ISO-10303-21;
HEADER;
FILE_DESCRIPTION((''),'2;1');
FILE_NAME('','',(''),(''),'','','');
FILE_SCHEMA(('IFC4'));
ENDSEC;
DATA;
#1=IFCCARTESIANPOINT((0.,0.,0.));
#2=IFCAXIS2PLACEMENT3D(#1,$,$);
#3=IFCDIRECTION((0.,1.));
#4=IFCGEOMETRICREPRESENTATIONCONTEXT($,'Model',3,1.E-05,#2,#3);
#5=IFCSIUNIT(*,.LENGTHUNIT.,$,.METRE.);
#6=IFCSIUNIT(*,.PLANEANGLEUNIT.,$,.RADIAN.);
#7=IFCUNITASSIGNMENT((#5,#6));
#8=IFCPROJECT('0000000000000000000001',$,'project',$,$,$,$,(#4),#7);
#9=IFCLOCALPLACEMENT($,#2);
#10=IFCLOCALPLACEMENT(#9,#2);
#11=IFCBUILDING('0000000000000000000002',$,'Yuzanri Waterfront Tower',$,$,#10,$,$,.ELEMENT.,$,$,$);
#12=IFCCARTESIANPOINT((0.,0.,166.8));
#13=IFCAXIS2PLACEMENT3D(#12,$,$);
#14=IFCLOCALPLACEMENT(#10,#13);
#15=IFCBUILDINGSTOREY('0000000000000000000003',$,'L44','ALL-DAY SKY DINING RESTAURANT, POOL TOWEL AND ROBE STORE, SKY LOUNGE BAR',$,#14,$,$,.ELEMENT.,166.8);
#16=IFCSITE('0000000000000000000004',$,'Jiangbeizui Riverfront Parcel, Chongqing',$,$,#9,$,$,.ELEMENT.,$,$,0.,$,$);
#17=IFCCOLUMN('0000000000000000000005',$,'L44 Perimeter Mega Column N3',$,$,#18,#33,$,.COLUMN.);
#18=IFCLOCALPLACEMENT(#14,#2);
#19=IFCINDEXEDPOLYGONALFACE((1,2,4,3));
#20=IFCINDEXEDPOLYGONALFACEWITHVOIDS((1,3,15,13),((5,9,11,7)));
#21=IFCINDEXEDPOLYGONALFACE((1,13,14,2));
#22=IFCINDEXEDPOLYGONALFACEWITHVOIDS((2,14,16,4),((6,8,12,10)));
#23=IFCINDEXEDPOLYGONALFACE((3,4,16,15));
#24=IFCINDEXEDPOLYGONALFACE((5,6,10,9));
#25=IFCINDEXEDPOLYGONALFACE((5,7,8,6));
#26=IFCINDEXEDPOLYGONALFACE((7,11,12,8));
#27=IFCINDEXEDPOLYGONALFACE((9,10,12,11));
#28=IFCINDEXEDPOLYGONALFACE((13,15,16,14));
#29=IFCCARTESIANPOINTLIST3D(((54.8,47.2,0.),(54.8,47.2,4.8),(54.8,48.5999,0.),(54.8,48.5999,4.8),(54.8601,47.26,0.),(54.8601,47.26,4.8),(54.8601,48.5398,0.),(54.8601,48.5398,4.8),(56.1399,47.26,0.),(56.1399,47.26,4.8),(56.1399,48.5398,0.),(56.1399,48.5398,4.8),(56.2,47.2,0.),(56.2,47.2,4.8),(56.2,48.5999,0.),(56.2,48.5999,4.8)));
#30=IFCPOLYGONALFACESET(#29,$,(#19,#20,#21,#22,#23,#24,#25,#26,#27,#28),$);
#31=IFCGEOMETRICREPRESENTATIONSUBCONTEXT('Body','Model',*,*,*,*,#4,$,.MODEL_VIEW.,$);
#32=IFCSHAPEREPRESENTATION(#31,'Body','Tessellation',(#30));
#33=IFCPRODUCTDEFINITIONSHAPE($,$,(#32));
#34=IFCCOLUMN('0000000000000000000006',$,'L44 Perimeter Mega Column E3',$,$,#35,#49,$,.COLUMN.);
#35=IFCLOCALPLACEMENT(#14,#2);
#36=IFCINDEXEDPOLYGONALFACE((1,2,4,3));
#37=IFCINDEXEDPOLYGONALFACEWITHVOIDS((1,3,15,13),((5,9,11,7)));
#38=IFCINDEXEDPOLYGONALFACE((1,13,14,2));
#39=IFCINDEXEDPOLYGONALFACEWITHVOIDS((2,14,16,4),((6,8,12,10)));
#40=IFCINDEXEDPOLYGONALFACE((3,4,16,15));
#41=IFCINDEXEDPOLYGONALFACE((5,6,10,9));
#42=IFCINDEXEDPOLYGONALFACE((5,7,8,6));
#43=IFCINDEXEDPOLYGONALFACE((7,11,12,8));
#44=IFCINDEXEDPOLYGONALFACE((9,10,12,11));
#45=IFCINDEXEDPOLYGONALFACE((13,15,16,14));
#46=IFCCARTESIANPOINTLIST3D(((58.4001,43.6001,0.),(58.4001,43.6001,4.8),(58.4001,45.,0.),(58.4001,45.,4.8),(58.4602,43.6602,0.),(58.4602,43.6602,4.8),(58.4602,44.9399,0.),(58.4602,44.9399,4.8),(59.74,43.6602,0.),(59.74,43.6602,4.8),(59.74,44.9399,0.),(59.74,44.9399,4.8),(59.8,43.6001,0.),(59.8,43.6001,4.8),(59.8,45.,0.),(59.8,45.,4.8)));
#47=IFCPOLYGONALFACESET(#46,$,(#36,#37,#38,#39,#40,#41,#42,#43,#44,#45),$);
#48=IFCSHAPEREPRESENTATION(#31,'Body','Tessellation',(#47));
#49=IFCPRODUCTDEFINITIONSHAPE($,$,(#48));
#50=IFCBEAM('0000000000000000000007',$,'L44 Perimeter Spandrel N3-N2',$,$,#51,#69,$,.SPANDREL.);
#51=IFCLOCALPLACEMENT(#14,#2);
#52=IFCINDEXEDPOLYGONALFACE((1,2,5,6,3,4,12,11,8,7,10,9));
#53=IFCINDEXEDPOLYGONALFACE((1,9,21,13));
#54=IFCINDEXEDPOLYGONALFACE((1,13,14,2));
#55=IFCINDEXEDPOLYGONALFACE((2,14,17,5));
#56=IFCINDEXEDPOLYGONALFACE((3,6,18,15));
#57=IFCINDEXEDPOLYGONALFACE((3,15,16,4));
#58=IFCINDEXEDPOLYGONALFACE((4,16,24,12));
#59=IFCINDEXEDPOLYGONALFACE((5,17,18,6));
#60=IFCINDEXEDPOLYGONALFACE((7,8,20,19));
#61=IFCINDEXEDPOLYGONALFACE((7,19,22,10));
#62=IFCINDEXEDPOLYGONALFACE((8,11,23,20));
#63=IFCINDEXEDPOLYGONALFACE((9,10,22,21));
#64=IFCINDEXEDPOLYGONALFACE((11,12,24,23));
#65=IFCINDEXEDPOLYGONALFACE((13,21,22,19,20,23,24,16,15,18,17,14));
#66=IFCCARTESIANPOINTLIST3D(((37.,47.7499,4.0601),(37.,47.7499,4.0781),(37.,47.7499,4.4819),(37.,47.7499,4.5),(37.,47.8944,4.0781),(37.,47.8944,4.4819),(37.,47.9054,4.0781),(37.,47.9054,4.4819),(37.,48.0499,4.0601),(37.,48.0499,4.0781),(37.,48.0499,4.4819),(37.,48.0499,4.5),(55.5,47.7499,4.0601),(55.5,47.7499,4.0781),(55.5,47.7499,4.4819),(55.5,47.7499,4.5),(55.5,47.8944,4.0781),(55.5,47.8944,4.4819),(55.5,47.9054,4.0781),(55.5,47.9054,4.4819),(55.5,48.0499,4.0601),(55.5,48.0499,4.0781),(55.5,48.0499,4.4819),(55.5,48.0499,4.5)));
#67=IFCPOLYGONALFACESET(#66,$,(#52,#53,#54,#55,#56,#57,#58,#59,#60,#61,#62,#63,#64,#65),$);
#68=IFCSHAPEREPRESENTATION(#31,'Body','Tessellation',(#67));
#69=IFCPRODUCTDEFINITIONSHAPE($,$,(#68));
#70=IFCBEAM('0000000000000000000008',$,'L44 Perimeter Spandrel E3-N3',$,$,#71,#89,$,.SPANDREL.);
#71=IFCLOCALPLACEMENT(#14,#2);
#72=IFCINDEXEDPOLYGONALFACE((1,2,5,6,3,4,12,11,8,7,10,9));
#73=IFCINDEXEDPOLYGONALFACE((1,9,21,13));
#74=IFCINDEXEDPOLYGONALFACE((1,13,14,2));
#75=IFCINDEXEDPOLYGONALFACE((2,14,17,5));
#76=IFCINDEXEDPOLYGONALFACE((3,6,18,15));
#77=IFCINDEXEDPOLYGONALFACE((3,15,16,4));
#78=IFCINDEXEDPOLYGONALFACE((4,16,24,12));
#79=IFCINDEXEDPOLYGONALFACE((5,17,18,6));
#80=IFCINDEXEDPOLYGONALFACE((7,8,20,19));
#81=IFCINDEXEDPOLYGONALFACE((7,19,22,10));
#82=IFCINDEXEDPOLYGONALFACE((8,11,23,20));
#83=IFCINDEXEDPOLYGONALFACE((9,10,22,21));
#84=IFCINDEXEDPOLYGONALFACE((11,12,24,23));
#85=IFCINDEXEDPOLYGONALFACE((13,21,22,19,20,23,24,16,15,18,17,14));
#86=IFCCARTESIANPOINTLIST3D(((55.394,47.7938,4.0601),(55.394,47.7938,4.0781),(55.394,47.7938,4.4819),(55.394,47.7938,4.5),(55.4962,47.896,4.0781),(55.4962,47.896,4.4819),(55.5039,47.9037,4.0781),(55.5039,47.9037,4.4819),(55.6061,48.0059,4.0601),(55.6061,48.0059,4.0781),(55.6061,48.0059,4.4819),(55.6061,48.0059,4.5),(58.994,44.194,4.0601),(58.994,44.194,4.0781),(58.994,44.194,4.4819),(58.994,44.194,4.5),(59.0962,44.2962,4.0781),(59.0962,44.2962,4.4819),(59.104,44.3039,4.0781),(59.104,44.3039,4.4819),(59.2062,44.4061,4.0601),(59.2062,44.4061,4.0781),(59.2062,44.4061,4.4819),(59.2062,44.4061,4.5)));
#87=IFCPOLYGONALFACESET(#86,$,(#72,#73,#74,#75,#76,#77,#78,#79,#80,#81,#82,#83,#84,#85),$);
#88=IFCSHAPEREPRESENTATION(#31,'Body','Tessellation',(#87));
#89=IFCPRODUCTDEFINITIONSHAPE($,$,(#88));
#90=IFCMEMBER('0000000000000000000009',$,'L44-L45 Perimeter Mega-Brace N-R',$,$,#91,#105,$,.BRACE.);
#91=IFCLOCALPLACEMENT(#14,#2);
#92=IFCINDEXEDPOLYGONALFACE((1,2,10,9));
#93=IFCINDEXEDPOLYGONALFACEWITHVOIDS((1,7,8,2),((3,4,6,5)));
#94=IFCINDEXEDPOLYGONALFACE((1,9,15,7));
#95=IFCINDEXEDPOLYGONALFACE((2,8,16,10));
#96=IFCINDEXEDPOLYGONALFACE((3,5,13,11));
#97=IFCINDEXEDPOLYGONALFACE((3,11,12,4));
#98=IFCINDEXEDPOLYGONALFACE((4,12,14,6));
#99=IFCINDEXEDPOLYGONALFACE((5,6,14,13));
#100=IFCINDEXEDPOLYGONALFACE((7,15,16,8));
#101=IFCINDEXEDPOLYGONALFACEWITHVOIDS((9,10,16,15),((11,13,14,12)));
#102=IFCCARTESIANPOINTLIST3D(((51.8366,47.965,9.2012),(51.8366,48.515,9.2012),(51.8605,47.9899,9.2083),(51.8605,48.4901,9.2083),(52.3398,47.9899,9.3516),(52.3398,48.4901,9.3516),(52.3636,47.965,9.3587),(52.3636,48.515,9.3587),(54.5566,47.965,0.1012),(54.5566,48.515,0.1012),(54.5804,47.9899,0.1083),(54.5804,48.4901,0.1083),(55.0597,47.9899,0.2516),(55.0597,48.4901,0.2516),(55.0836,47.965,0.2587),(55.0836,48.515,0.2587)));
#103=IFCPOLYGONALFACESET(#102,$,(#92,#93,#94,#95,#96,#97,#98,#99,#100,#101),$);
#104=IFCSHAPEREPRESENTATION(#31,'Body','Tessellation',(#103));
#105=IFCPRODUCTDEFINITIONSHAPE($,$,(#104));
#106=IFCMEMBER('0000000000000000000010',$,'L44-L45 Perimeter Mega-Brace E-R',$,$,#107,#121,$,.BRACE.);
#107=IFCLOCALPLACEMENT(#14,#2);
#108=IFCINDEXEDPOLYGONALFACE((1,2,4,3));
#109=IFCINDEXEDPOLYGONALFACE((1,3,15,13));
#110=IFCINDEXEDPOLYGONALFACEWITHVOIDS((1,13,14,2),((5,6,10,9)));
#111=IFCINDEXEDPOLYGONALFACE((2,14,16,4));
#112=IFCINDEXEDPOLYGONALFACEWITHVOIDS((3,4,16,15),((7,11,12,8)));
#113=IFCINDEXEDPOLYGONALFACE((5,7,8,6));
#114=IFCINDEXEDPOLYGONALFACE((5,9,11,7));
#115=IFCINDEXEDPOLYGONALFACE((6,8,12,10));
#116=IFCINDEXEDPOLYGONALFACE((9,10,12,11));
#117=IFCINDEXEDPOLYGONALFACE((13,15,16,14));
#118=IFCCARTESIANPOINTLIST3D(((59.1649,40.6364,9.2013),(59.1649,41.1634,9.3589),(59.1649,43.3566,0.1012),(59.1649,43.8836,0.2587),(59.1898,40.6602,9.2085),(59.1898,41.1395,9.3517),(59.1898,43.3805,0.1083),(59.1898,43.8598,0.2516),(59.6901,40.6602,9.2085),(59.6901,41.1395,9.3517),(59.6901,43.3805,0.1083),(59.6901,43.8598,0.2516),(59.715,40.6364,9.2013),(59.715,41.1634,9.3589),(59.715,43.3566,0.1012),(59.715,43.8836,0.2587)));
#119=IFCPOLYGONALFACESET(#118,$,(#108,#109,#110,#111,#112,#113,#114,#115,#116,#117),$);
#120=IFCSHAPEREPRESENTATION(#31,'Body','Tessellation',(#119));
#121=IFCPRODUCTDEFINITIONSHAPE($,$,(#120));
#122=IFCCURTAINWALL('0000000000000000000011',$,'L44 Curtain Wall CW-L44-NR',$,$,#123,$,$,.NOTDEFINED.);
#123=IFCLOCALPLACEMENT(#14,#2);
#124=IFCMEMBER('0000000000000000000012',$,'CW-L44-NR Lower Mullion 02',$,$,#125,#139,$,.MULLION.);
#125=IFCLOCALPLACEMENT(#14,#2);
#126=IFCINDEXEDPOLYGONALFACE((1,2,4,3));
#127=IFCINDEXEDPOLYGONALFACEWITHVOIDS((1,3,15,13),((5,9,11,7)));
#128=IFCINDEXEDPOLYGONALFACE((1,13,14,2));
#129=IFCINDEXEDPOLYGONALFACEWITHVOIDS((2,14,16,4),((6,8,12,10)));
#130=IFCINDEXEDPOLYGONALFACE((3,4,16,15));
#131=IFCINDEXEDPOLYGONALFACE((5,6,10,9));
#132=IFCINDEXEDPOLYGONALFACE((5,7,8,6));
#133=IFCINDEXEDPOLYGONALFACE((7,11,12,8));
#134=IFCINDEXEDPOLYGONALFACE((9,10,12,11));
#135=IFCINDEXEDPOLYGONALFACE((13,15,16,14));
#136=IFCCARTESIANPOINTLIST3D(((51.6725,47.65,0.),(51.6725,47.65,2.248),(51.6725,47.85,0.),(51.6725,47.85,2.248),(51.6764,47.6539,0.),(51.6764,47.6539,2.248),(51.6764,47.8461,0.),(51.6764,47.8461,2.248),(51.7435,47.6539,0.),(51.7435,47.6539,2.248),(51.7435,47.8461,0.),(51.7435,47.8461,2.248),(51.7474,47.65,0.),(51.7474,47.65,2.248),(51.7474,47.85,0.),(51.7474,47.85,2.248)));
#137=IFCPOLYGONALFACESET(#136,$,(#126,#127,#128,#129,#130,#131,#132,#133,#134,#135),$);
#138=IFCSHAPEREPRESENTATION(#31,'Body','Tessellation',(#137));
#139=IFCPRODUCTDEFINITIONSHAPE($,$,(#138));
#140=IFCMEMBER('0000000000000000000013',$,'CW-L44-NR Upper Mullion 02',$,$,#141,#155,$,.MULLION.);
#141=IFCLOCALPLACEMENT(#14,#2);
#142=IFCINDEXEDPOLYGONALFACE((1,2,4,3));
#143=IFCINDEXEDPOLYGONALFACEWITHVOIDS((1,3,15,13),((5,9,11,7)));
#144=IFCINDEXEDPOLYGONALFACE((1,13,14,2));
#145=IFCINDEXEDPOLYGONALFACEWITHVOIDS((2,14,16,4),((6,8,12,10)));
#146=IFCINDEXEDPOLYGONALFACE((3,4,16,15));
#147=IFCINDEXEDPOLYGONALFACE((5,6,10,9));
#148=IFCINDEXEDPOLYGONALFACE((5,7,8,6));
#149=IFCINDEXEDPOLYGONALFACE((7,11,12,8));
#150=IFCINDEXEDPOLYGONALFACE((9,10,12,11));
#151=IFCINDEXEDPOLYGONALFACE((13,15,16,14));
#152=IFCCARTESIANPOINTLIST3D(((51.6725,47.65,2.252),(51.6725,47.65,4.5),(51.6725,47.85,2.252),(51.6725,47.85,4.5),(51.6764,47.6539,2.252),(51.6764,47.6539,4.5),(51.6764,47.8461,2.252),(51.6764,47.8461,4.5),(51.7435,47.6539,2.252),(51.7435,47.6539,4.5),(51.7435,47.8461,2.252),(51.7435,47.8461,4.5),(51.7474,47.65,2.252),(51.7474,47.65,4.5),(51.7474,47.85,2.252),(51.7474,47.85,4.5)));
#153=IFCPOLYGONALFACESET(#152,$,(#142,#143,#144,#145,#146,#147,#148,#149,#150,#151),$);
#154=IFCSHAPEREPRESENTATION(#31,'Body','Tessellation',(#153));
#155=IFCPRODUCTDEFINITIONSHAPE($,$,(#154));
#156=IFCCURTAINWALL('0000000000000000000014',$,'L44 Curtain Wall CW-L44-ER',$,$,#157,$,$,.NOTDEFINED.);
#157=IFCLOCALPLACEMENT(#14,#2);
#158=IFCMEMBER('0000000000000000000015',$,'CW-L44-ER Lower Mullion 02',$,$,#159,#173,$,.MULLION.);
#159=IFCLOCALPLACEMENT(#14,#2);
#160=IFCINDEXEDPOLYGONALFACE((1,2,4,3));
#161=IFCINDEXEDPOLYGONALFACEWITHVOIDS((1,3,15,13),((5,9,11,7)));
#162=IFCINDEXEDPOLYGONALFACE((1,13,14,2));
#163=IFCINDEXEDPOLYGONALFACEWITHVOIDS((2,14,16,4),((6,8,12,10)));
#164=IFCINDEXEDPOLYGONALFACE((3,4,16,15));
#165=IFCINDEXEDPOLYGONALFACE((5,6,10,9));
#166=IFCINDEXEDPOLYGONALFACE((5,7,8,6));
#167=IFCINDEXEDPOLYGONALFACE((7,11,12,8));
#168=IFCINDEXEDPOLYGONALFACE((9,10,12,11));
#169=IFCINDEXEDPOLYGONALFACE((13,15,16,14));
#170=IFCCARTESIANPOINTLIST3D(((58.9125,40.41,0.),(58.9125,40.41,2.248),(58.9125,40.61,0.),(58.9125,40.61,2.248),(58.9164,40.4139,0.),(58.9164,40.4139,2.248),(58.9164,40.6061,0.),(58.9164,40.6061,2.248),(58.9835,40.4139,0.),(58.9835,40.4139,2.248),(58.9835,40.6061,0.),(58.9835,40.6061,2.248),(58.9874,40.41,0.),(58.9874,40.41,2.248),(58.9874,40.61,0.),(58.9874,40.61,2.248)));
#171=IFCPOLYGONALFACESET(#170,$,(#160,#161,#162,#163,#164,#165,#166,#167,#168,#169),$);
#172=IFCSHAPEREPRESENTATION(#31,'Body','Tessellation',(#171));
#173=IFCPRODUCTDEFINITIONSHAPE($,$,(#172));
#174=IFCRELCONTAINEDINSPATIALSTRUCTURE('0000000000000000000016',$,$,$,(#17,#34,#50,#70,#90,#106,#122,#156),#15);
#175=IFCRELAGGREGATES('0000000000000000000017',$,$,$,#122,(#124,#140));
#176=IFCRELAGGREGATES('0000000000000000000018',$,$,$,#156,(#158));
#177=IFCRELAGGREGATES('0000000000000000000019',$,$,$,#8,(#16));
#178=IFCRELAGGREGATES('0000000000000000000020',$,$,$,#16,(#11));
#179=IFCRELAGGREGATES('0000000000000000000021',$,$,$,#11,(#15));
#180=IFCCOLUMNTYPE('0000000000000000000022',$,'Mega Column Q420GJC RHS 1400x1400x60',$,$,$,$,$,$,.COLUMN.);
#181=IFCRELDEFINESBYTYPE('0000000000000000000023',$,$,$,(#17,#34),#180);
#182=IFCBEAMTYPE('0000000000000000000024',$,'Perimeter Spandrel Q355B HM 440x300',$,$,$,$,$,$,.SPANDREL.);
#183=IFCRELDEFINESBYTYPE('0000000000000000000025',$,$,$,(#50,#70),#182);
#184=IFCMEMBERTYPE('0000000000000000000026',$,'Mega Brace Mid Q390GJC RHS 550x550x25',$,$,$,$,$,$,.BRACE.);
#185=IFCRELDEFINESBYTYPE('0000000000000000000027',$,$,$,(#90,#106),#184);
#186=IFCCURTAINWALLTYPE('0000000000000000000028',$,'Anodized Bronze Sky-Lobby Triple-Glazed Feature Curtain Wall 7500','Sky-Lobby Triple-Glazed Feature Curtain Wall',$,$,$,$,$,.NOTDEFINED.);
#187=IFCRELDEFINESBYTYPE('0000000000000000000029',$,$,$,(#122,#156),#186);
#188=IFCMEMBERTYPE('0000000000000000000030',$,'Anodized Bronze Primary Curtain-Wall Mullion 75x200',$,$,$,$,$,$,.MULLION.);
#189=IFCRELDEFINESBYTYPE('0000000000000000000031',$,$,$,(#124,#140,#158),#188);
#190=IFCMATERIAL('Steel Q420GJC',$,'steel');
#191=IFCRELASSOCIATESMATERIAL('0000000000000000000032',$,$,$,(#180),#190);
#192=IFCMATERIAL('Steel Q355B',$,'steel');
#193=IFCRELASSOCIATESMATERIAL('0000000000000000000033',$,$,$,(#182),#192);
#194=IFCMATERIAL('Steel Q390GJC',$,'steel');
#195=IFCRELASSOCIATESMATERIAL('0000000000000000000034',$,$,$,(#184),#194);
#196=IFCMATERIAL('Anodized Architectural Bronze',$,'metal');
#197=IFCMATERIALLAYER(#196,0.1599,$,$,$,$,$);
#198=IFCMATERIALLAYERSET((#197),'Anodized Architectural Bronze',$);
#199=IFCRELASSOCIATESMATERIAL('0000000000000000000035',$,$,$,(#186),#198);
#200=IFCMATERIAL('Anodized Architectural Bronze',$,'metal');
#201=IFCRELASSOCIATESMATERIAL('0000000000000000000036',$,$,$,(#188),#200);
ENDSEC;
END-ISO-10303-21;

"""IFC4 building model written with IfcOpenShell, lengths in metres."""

from ifc_helpers import new_model, si_unit, direction, frame, origin, origin_2d, place, context, subcontext, project, spatial, hollow_rectangle, i_section, extrude, source, transform, mapped, material, layer, layer_set, material_profile, profile_set, type_object, element, aggregate, save


model = new_model("IFC4")

# Units and contexts
model_context = context("Model", 3, precision=1e-05, world=origin(), true_north=direction((0.0, 1.0)))
body_context = subcontext(model_context, "Body", "Model", "MODEL_VIEW")
ifc_project = project(units=[si_unit("LENGTHUNIT", "METRE"), si_unit("PLANEANGLEUNIT", "RADIAN")], contexts=[model_context])

# Site, building, storey
site_placement = place(None, origin())
site = spatial("IfcSite", under=ifc_project, at=site_placement, Name="Jiangbeizui Riverfront Parcel, Chongqing", CompositionType="ELEMENT", RefElevation=0.0)
building_placement = place(site_placement, origin())
building = spatial("IfcBuilding", under=site, at=building_placement, Name="Yuzanri Waterfront Tower", CompositionType="ELEMENT")
storey_placement = place(building_placement, frame((0.0, 0.0, 166.8)))
storey = spatial("IfcBuildingStorey", under=building, at=storey_placement, Name="L44", Description="ALL-DAY SKY DINING RESTAURANT, POOL TOWEL AND ROBE STORE, SKY LOUNGE BAR", CompositionType="ELEMENT", Elevation=166.8)

# Columns
ifc_material_1 = material(Name="Steel Q420GJC", Category="steel")
ifc_material_profile_1 = material_profile(ifc_material_1, hollow_rectangle(XDim=1.3999, YDim=1.3999, WallThickness=0.0601, at=origin_2d()), Name="RHS 1400x1400x60")
ifc_profile_set_1 = profile_set([ifc_material_profile_1], Name="Steel Q420GJC")
column_type = type_object("IfcColumnType", Name="Mega Column Q420GJC RHS 1400x1400x60", PredefinedType="COLUMN", material=ifc_profile_set_1)
shared_shape_1 = source(origin(), body_context, "Body", "SweptSolid", [
    extrude(hollow_rectangle(XDim=1.3999, YDim=1.3999, WallThickness=0.0601, at=origin_2d()), origin(), (0.0, 0.0, 1.0), 4.8),
])
for number, where, z_axis, x_axis, name in (
    (1, (55.5, 47.8999, 0.0), (0.0, 0.0, 1.0), (1.0, 0.0, 0.0), "L44 Perimeter Mega Column N3"),
    (2, (59.1001, 44.3, 0.0), (0.0, 0.0, 1.0), (1.0, 0.0, 0.0), "L44 Perimeter Mega Column E3"),
):
    element("IfcColumn", number, at=place(storey_placement, frame(where, z_axis=z_axis, x_axis=x_axis)), inside=storey, type_object=column_type, Name=name, PredefinedType="COLUMN", context=body_context, shape_type="MappedRepresentation", body=[
        mapped(shared_shape_1, transform((0.0, 0.0, 0.0), scale=1.0)),
    ])

# Beams
ifc_material_2 = material(Name="Steel Q355B", Category="steel")
ifc_material_profile_2 = material_profile(ifc_material_2, i_section(OverallWidth=0.3, OverallDepth=0.4399, WebThickness=0.011, FlangeThickness=0.0181, at=origin_2d()), Name="HM 440x300x11x18")
ifc_profile_set_2 = profile_set([ifc_material_profile_2], Name="Steel Q355B")
beam_type = type_object("IfcBeamType", Name="Perimeter Spandrel Q355B HM 440x300", PredefinedType="SPANDREL", material=ifc_profile_set_2)
shared_shape_2 = source(origin(), body_context, "Body", "SweptSolid", [
    extrude(i_section(OverallWidth=0.3, OverallDepth=0.4399, WebThickness=0.011, FlangeThickness=0.0181, at=origin_2d()), origin(), (0.0, 0.0, 1.0), 18.5),
])
beam_1_placement = place(storey_placement, frame((55.5, 47.8999, 4.28), z_axis=(-1.0, 0.0, 0.0), x_axis=(0.0, -1.0, 0.0)))
element("IfcBeam", 3, at=beam_1_placement, inside=storey, type_object=beam_type, Name="L44 Perimeter Spandrel N3-N2", PredefinedType="SPANDREL", context=body_context, shape_type="MappedRepresentation", body=[
    mapped(shared_shape_2, transform((0.0, 0.0, 0.0), scale=1.0)),
])
shared_shape_3 = source(origin(), body_context, "Body", "SweptSolid", [
    extrude(i_section(OverallWidth=0.3, OverallDepth=0.4399, WebThickness=0.011, FlangeThickness=0.0181, at=origin_2d()), origin(), (0.0, 0.0, 1.0), 5.0911),
])
beam_2_placement = place(storey_placement, frame((59.1001, 44.3, 4.28), z_axis=(-0.707131, 0.707083, 0.0), x_axis=(-0.707083, -0.707131, 0.0)))
element("IfcBeam", 4, at=beam_2_placement, inside=storey, type_object=beam_type, Name="L44 Perimeter Spandrel E3-N3", PredefinedType="SPANDREL", context=body_context, shape_type="MappedRepresentation", body=[
    mapped(shared_shape_3, transform((0.0, 0.0, 0.0), scale=1.0)),
])

# Members
ifc_material_3 = material(Name="Steel Q390GJC", Category="steel")
ifc_material_profile_3 = material_profile(ifc_material_3, hollow_rectangle(XDim=0.55, YDim=0.55, WallThickness=0.0249, at=origin_2d()), Name="RHS 550x550x25")
ifc_profile_set_3 = profile_set([ifc_material_profile_3], Name="Steel Q390GJC")
member_type_1 = type_object("IfcMemberType", Name="Mega Brace Mid Q390GJC RHS 550x550x25", PredefinedType="BRACE", material=ifc_profile_set_3)
shared_shape_4 = source(origin(), body_context, "Body", "SweptSolid", [
    extrude(hollow_rectangle(XDim=0.55, YDim=0.55, WallThickness=0.0249, at=origin_2d()), origin(), (0.0, 0.0, 1.0), 9.4978),
])
member_1_placement = place(storey_placement, frame((54.8201, 48.24, 0.1799), z_axis=(-0.286376, 0.0, 0.958117), x_axis=(0.0, -1.0, 0.0)))
element("IfcMember", 5, at=member_1_placement, inside=storey, type_object=member_type_1, Name="L44-L45 Perimeter Mega-Brace N-R", PredefinedType="BRACE", context=body_context, shape_type="MappedRepresentation", body=[
    mapped(shared_shape_4, transform((0.0, 0.0, 0.0), scale=1.0)),
])
shared_shape_5 = source(origin(), body_context, "Body", "SweptSolid", [
    extrude(hollow_rectangle(XDim=0.55, YDim=0.55, WallThickness=0.0249, at=origin_2d()), origin(), (0.0, 0.0, 1.0), 9.498),
])
member_2_placement = place(storey_placement, frame((59.4399, 43.6201, 0.1799), z_axis=(0.0, -0.2864, 0.95811), x_axis=(1.0, 0.0, 0.0)))
element("IfcMember", 6, at=member_2_placement, inside=storey, type_object=member_type_1, Name="L44-L45 Perimeter Mega-Brace E-R", PredefinedType="BRACE", context=body_context, shape_type="MappedRepresentation", body=[
    mapped(shared_shape_5, transform((0.0, 0.0, 0.0), scale=1.0)),
])

# Curtain walls, members
ifc_material_4 = material(Name="Anodized Architectural Bronze", Category="metal")
ifc_layer_1 = layer(ifc_material_4, 0.1599)
ifc_layer_set_1 = layer_set([ifc_layer_1], Name="Anodized Architectural Bronze")
curtain_wall_type = type_object("IfcCurtainWallType", Name="Anodized Bronze Sky-Lobby Triple-Glazed Feature Curtain Wall 7500", Description="Sky-Lobby Triple-Glazed Feature Curtain Wall", PredefinedType="NOTDEFINED", material=ifc_layer_set_1)
curtain_wall_1_placement = place(storey_placement, origin())
curtain_wall_1 = element("IfcCurtainWall", 7, at=curtain_wall_1_placement, inside=storey, type_object=curtain_wall_type, Name="L44 Curtain Wall CW-L44-NR", PredefinedType="NOTDEFINED")
ifc_material_5 = material(Name="Anodized Architectural Bronze", Category="metal")
ifc_material_profile_4 = material_profile(ifc_material_5, hollow_rectangle(XDim=0.075, YDim=0.2, WallThickness=0.0039, at=origin_2d()), Name="CWM 75x200")
ifc_profile_set_4 = profile_set([ifc_material_profile_4], Name="Anodized Architectural Bronze")
member_type_2 = type_object("IfcMemberType", Name="Anodized Bronze Primary Curtain-Wall Mullion 75x200", PredefinedType="MULLION", material=ifc_profile_set_4)
shared_shape_6 = source(origin(), body_context, "Body", "SweptSolid", [
    extrude(hollow_rectangle(XDim=0.075, YDim=0.2, WallThickness=0.0039, at=origin_2d()), origin(), (0.0, 0.0, 1.0), 2.248),
])
member_3_placement = place(storey_placement, frame((51.71, 47.75, 0.0), z_axis=(0.0, 0.0, 1.0), x_axis=(1.0, 0.0, 0.0)))
member_3 = element("IfcMember", 8, at=member_3_placement, type_object=member_type_2, Name="CW-L44-NR Lower Mullion 02", PredefinedType="MULLION", context=body_context, shape_type="MappedRepresentation", body=[
    mapped(shared_shape_6, transform((0.0, 0.0, 0.0), scale=1.0)),
])
member_4_placement = place(storey_placement, frame((51.71, 47.75, 2.252), z_axis=(0.0, 0.0, 1.0), x_axis=(1.0, 0.0, 0.0)))
member_4 = element("IfcMember", 9, at=member_4_placement, type_object=member_type_2, Name="CW-L44-NR Upper Mullion 02", PredefinedType="MULLION", context=body_context, shape_type="MappedRepresentation", body=[
    mapped(shared_shape_6, transform((0.0, 0.0, 0.0), scale=1.0)),
])
aggregate(curtain_wall_1, [member_3, member_4])
curtain_wall_2_placement = place(storey_placement, origin())
curtain_wall_2 = element("IfcCurtainWall", 10, at=curtain_wall_2_placement, inside=storey, type_object=curtain_wall_type, Name="L44 Curtain Wall CW-L44-ER", PredefinedType="NOTDEFINED")
member_5_placement = place(storey_placement, frame((58.95, 40.51, 0.0), z_axis=(0.0, 0.0, 1.0), x_axis=(1.0, 0.0, 0.0)))
member_5 = element("IfcMember", 11, at=member_5_placement, type_object=member_type_2, Name="CW-L44-ER Lower Mullion 02", PredefinedType="MULLION", context=body_context, shape_type="MappedRepresentation", body=[
    mapped(shared_shape_6, transform((0.0, 0.0, 0.0), scale=1.0)),
])

aggregate(curtain_wall_2, [member_5])

save(model, "model.ifc")
